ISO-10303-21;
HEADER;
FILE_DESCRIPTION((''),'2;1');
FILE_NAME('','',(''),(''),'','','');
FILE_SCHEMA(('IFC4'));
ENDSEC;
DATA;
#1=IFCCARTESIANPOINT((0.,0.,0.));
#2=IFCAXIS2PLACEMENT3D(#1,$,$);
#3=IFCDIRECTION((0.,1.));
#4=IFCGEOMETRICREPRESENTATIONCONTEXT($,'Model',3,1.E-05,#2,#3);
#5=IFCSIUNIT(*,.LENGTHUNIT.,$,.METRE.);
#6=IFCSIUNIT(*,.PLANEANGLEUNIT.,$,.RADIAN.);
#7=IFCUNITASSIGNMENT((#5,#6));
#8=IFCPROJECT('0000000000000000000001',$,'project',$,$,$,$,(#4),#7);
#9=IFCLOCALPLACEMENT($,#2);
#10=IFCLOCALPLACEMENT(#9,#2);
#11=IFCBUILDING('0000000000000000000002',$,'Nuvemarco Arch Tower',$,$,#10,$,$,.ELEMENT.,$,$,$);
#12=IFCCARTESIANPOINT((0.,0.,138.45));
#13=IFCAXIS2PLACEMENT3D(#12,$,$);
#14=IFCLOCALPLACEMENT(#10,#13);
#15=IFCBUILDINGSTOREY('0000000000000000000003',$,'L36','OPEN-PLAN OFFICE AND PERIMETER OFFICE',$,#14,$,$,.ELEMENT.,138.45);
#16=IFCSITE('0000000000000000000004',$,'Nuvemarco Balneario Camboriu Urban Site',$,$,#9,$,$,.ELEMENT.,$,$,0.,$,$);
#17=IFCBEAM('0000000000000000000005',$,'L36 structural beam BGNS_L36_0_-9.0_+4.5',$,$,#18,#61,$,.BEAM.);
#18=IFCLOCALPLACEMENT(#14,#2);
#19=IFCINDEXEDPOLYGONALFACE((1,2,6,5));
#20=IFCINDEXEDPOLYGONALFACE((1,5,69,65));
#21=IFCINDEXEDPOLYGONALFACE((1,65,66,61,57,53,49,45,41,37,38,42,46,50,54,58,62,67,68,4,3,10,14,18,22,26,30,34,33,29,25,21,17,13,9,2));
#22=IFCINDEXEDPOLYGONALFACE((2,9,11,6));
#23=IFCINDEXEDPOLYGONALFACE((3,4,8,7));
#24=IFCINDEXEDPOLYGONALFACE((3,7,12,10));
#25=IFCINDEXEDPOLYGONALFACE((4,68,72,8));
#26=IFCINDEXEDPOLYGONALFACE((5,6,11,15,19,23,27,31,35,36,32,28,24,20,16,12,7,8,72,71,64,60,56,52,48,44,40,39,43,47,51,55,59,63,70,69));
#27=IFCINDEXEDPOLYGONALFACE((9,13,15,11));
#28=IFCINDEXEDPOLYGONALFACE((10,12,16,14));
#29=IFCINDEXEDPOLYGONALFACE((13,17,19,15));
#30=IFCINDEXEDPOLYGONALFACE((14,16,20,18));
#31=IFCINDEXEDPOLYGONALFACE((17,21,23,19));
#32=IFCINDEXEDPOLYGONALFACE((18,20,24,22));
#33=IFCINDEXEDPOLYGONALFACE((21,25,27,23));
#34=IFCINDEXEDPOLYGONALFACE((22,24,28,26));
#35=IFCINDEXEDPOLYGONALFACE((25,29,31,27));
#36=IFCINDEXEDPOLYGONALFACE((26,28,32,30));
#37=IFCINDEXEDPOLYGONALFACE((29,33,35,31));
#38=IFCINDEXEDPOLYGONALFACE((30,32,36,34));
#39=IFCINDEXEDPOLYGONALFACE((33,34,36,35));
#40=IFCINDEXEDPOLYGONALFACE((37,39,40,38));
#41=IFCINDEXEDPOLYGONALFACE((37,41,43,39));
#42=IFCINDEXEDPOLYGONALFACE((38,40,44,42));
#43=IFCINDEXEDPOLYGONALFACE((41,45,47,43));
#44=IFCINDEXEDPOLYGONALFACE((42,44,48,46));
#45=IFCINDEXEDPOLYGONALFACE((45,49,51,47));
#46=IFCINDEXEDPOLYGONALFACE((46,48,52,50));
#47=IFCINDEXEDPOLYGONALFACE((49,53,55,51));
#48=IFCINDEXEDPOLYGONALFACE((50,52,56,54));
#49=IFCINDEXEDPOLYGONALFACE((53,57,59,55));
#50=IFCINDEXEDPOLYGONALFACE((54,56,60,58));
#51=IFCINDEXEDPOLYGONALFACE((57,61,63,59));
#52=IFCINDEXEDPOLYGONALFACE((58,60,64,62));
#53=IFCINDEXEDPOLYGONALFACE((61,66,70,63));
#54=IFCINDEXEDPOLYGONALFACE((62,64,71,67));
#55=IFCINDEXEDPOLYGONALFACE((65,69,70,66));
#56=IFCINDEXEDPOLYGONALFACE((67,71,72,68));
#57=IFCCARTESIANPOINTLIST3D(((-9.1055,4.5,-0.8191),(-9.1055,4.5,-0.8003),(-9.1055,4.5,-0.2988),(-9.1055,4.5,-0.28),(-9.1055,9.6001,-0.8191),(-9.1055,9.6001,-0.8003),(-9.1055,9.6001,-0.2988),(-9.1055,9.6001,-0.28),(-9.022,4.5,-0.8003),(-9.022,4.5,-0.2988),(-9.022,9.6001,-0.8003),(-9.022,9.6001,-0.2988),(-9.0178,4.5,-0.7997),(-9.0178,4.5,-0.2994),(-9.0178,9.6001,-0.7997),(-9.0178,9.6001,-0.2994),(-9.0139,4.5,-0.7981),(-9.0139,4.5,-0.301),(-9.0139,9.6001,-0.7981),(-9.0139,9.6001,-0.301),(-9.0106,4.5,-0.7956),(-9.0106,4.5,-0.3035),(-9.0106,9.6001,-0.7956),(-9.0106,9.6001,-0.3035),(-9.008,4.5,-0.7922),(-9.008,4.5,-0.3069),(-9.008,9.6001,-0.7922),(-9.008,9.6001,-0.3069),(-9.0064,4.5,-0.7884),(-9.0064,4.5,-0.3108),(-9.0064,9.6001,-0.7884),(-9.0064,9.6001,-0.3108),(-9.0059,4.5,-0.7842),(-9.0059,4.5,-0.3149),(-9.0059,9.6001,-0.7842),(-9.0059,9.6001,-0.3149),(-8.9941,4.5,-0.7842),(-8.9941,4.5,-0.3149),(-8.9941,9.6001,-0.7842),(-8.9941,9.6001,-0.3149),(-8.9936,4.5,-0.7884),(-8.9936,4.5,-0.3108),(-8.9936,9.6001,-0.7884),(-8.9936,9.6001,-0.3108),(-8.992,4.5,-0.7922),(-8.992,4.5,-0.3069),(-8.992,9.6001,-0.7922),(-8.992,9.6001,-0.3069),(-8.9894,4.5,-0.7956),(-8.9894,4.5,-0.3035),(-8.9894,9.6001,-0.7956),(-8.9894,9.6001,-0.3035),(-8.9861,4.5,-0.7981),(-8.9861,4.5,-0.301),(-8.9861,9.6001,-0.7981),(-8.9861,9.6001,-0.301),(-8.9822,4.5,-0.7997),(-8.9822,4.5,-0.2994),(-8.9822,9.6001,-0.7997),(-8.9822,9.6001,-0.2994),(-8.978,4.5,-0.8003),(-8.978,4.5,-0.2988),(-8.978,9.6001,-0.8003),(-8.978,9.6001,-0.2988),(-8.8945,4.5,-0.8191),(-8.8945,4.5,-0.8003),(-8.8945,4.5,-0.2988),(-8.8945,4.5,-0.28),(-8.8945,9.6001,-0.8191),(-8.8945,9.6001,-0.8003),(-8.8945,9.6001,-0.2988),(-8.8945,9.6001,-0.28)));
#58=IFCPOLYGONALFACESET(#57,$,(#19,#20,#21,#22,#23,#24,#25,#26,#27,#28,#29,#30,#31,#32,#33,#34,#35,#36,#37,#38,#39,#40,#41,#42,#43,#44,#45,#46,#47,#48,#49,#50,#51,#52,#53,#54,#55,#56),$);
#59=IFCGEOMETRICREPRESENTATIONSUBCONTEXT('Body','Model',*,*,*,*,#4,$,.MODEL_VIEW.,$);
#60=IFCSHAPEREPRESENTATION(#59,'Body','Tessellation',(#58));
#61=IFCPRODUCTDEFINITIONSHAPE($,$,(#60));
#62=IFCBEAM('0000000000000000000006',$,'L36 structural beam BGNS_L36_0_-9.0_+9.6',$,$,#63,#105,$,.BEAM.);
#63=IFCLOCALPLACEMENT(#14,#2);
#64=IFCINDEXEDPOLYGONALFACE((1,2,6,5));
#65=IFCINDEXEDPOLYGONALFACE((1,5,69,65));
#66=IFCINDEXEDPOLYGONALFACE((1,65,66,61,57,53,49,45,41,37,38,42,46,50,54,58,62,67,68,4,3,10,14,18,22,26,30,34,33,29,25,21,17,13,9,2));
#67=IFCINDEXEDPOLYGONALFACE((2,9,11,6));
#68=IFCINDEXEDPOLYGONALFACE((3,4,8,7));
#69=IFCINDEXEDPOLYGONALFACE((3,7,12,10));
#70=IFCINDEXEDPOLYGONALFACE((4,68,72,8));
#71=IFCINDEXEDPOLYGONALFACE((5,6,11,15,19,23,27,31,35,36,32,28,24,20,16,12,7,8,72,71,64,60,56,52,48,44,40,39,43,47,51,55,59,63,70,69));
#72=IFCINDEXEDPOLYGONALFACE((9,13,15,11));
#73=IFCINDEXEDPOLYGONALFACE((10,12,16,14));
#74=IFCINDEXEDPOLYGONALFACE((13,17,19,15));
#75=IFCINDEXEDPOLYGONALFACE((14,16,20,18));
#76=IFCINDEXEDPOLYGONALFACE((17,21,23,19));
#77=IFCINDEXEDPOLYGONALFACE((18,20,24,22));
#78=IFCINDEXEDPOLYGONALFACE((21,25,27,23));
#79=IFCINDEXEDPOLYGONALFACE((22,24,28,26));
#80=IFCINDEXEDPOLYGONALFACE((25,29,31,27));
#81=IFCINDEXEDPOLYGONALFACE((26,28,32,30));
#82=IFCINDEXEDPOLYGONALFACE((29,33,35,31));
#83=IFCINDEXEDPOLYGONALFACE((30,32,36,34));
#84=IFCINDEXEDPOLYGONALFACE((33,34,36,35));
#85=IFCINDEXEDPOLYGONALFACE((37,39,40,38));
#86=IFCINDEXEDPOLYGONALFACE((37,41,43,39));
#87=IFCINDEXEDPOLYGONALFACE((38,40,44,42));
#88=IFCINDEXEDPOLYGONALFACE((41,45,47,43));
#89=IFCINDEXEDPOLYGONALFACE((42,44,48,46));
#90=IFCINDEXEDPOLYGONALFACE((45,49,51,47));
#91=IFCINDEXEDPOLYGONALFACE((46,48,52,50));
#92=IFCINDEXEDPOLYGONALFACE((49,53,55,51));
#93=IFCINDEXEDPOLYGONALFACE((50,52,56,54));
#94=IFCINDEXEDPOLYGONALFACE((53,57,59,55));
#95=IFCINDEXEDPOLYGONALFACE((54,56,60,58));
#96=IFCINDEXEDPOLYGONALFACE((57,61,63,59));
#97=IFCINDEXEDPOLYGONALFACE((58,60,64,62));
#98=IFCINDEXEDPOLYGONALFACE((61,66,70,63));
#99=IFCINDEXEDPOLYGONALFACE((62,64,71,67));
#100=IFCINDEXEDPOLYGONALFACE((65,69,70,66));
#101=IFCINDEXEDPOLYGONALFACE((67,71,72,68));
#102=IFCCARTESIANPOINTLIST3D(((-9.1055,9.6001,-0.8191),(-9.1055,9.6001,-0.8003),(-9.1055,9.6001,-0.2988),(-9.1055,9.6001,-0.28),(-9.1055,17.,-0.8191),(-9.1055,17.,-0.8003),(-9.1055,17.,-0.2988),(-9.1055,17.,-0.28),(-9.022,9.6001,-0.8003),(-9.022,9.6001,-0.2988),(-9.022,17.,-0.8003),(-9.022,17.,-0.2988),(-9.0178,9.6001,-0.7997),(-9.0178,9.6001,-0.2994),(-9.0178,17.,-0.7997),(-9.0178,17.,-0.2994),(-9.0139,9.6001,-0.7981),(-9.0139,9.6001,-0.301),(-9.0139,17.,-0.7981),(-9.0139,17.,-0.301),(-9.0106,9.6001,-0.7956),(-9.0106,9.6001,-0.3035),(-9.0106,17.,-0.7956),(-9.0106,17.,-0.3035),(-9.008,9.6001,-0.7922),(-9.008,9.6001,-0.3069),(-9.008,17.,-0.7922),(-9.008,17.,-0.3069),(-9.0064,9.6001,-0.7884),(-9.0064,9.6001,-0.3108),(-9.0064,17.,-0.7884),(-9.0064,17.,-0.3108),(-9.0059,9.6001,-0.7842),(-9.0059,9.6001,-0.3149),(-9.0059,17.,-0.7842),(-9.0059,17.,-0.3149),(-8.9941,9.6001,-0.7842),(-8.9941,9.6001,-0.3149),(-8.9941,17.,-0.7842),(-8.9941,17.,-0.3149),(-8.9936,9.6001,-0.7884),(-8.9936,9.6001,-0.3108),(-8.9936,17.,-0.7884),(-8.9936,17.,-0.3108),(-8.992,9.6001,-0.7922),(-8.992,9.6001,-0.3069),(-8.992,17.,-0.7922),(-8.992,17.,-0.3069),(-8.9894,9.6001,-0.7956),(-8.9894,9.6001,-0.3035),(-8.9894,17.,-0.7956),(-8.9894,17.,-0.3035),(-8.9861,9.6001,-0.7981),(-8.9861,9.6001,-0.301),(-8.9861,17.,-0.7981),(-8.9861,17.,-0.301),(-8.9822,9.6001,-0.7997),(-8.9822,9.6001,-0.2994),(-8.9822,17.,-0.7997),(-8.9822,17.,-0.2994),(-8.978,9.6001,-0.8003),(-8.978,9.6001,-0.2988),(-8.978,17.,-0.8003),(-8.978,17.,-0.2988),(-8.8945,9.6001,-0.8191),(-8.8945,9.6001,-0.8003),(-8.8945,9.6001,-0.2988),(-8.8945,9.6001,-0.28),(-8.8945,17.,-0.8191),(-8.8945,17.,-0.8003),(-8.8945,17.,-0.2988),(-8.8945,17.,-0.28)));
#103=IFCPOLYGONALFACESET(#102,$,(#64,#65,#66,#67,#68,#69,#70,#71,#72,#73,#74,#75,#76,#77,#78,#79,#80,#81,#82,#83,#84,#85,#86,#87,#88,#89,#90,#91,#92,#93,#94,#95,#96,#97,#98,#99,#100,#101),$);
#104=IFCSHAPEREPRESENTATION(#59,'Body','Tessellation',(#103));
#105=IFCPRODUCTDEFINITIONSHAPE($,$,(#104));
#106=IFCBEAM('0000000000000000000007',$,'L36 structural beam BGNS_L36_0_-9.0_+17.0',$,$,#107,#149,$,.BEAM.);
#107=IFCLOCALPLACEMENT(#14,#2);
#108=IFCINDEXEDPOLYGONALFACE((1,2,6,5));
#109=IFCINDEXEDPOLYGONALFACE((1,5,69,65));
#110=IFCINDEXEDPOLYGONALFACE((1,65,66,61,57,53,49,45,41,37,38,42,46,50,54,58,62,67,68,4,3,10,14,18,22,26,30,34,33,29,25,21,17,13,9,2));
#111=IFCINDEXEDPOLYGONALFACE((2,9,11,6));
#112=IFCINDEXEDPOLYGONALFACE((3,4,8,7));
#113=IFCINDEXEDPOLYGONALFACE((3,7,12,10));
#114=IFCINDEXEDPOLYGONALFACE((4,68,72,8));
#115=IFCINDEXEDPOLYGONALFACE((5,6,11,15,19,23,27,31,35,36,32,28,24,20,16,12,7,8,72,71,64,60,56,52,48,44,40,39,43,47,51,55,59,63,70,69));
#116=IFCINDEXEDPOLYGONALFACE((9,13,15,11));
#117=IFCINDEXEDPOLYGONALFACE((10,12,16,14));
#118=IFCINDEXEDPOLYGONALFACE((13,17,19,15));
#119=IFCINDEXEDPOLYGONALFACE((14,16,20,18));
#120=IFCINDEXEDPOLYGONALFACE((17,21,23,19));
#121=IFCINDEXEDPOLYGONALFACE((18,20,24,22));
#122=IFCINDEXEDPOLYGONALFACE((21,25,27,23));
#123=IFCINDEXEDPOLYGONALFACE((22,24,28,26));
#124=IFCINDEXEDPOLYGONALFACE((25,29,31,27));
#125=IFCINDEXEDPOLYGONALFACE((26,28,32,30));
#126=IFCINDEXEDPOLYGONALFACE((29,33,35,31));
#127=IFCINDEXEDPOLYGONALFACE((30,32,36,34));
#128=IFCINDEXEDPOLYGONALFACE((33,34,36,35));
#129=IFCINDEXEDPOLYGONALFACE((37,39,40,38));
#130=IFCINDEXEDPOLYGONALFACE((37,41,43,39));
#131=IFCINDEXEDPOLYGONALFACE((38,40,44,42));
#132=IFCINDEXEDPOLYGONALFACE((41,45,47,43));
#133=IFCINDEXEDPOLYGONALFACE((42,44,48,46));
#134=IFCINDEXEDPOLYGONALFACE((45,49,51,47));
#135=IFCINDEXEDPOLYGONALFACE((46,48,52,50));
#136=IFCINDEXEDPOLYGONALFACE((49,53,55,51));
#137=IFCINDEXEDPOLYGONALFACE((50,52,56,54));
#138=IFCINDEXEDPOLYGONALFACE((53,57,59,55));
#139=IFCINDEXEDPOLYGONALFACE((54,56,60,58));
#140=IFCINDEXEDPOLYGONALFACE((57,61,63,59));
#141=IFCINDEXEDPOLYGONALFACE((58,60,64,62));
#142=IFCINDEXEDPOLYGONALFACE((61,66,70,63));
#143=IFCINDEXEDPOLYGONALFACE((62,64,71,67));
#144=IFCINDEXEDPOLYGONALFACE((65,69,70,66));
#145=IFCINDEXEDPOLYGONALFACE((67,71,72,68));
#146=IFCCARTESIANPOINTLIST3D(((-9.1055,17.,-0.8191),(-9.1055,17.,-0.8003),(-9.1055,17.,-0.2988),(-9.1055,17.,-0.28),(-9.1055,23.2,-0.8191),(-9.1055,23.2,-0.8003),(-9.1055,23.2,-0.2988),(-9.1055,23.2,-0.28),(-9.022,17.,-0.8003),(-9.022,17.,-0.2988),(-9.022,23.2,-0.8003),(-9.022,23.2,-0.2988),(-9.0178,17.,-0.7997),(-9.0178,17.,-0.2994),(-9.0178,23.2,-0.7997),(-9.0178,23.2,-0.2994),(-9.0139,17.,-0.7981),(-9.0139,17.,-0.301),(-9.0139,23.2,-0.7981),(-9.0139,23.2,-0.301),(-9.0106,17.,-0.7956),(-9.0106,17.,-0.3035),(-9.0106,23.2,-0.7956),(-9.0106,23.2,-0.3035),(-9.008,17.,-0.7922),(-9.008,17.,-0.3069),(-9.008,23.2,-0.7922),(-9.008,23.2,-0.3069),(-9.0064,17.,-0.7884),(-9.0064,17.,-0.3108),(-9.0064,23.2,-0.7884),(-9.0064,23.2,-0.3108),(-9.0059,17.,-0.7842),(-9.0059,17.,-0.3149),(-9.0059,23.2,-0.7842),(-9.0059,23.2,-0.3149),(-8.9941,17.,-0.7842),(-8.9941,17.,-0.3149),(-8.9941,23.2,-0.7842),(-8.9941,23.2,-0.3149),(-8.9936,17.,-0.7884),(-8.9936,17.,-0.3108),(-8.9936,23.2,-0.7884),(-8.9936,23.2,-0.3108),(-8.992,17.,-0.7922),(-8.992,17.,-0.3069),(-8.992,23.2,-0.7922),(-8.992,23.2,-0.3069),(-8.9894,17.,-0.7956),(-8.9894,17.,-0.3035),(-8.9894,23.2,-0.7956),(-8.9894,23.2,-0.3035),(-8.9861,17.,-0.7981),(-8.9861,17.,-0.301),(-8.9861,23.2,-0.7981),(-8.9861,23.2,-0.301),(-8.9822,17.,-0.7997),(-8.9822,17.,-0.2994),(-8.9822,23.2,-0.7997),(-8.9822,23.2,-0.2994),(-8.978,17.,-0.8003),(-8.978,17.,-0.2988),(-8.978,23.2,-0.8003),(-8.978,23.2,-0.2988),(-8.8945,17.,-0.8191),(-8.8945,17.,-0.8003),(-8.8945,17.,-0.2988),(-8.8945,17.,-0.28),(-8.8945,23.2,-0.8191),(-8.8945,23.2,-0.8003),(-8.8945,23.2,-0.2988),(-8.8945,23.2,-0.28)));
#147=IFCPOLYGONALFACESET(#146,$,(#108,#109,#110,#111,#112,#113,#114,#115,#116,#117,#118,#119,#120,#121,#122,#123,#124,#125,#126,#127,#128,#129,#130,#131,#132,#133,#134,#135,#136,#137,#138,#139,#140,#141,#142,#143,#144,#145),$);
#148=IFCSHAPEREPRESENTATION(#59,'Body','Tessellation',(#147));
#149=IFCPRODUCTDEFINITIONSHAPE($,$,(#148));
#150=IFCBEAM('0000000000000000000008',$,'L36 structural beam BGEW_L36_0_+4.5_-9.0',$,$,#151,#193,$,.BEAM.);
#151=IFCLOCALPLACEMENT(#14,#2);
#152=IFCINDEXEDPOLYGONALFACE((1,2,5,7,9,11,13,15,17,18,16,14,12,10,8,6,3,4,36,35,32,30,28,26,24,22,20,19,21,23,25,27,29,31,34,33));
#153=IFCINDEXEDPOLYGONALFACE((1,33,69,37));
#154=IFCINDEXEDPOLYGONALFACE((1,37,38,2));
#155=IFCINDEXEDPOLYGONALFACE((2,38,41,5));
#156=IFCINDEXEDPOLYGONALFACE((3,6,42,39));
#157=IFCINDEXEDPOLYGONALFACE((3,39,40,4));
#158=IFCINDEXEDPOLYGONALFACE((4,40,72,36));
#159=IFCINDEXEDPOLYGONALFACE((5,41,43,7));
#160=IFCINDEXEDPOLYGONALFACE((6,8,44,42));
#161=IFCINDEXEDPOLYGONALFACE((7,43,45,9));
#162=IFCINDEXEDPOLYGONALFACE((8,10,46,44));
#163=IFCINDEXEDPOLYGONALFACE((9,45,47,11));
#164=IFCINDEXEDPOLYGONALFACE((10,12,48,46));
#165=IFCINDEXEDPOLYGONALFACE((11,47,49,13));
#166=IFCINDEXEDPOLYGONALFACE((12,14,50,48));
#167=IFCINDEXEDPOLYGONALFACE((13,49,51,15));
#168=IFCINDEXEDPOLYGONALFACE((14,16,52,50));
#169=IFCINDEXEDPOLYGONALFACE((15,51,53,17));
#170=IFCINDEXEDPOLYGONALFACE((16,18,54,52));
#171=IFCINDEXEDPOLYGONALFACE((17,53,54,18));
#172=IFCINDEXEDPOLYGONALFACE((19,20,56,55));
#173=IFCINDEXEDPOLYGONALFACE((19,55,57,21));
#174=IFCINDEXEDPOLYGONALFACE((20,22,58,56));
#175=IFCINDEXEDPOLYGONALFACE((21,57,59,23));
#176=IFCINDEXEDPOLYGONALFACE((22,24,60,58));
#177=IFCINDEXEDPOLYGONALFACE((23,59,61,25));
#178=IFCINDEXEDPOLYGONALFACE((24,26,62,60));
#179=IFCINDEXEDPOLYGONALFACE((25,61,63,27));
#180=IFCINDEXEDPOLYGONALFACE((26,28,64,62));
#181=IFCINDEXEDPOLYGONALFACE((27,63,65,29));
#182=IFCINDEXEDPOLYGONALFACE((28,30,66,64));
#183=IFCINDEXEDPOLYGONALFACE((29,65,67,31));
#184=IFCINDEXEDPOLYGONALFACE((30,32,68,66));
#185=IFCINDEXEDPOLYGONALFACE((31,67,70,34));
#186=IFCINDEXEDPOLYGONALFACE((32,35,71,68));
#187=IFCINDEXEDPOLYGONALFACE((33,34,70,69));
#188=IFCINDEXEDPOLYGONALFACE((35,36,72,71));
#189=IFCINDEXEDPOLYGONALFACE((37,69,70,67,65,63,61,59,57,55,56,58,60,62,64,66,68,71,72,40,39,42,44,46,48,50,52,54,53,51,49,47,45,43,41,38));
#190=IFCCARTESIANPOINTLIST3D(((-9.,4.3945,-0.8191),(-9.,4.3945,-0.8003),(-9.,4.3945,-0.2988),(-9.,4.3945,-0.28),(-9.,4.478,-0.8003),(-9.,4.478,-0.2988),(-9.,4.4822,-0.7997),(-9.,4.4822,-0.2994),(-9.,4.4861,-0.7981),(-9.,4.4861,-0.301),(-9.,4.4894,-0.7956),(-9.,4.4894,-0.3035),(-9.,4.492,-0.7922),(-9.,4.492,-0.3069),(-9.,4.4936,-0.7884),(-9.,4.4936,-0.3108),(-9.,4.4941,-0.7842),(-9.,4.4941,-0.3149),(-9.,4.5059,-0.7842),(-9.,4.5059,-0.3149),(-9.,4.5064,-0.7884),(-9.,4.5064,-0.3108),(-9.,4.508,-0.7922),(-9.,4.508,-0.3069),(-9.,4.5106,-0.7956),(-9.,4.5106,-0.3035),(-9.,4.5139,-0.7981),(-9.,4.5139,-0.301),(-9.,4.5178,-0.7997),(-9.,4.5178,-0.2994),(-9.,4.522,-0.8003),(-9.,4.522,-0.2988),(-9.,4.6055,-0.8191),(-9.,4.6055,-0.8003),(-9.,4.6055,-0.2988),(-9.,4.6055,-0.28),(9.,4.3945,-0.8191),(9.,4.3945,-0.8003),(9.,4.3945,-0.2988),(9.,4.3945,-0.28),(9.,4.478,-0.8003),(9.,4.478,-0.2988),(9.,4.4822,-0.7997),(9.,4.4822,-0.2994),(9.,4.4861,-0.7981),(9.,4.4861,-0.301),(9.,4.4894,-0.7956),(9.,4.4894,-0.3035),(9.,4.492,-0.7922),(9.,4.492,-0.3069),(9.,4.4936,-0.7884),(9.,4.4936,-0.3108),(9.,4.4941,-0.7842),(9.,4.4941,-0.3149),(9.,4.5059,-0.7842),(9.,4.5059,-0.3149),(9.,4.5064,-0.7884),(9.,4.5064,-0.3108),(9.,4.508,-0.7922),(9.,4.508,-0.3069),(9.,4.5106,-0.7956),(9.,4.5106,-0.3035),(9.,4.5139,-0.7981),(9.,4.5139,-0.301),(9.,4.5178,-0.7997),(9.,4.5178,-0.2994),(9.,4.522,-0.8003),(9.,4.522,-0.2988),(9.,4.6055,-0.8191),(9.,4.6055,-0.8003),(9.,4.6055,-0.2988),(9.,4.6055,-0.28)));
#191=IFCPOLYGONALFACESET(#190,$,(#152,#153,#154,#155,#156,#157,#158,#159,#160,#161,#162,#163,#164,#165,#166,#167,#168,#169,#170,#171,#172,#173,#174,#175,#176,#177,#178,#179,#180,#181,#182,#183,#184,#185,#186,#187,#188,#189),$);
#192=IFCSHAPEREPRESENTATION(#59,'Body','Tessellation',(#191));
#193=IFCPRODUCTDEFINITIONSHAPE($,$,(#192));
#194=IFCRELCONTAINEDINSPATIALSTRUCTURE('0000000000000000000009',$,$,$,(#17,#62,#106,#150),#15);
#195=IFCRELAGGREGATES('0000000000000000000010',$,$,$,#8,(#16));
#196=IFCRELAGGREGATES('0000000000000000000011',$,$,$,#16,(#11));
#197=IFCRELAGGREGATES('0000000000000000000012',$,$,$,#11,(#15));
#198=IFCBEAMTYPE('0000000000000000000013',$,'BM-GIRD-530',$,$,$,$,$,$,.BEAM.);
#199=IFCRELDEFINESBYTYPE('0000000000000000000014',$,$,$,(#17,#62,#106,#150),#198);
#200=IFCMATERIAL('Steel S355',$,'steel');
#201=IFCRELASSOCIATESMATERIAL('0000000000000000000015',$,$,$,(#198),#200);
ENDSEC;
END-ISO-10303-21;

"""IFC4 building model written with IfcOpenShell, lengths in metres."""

from ifc_helpers import new_model, si_unit, direction, frame, origin, origin_2d, place, context, subcontext, project, spatial, i_section, extrude, material, material_profile, profile_set, type_object, element, save


model = new_model("IFC4")

# Units and contexts
model_context = context("Model", 3, precision=1e-05, world=origin(), true_north=direction((0.0, 1.0)))
body_context = subcontext(model_context, "Body", "Model", "MODEL_VIEW")
ifc_project = project(units=[si_unit("LENGTHUNIT", "METRE"), si_unit("PLANEANGLEUNIT", "RADIAN")], contexts=[model_context])

# Site, building, storey
site_placement = place(None, origin())
site = spatial("IfcSite", under=ifc_project, at=site_placement, Name="Nuvemarco Balneario Camboriu Urban Site", CompositionType="ELEMENT", RefElevation=0.0)
building_placement = place(site_placement, origin())
building = spatial("IfcBuilding", under=site, at=building_placement, Name="Nuvemarco Arch Tower", CompositionType="ELEMENT")
storey_placement = place(building_placement, frame((0.0, 0.0, 138.45)))
storey = spatial("IfcBuildingStorey", under=building, at=storey_placement, Name="L36", Description="OPEN-PLAN OFFICE AND PERIMETER OFFICE", CompositionType="ELEMENT", Elevation=138.45)

# Shared definitions
ifc_material_1 = material(Name="Steel S355", Category="steel")

# Beams
ifc_material_profile_1 = material_profile(ifc_material_1, i_section(OverallWidth=0.2109, OverallDepth=0.5391, WebThickness=0.0117, FlangeThickness=0.0188, FilletRadius=0.0161, at=origin_2d()), Name="W530x109")
ifc_profile_set_1 = profile_set([ifc_material_profile_1], Name="Steel S355")
beam_type_1 = type_object("IfcBeamType", Name="BM-GIRD-530", PredefinedType="BEAM", material=ifc_profile_set_1)
beam_1_placement = place(storey_placement, frame((-9.0, 4.5, -0.5496), z_axis=(0.0, 1.0, 0.0), x_axis=(-1.0, 0.0, 0.0)))
element("IfcBeam", 1, at=beam_1_placement, inside=storey, type_object=beam_type_1, Name="L36 structural beam BGNS_L36_0_-9.0_+4.5", PredefinedType="BEAM", context=body_context, shape_type="SweptSolid", body=[
    extrude(i_section(OverallWidth=0.2109, OverallDepth=0.5391, WebThickness=0.0117, FlangeThickness=0.0188, FilletRadius=0.0161, at=origin_2d()), origin(), (0.0, 0.0, 1.0), 5.1001),
])
beam_2_placement = place(storey_placement, frame((-9.0, 9.6001, -0.5496), z_axis=(0.0, 1.0, 0.0), x_axis=(-1.0, 0.0, 0.0)))
element("IfcBeam", 2, at=beam_2_placement, inside=storey, type_object=beam_type_1, Name="L36 structural beam BGNS_L36_0_-9.0_+9.6", PredefinedType="BEAM", context=body_context, shape_type="SweptSolid", body=[
    extrude(i_section(OverallWidth=0.2109, OverallDepth=0.5391, WebThickness=0.0117, FlangeThickness=0.0188, FilletRadius=0.0161, at=origin_2d()), origin(), (0.0, 0.0, 1.0), 7.3999),
])
beam_3_placement = place(storey_placement, frame((-9.0, 17.0, -0.5496), z_axis=(0.0, 1.0, 0.0), x_axis=(-1.0, 0.0, 0.0)))
element("IfcBeam", 3, at=beam_3_placement, inside=storey, type_object=beam_type_1, Name="L36 structural beam BGNS_L36_0_-9.0_+17.0", PredefinedType="BEAM", context=body_context, shape_type="SweptSolid", body=[
    extrude(i_section(OverallWidth=0.2109, OverallDepth=0.5391, WebThickness=0.0117, FlangeThickness=0.0188, FilletRadius=0.0161, at=origin_2d()), origin(), (0.0, 0.0, 1.0), 6.2),
])
beam_4_placement = place(storey_placement, frame((-9.0, 4.5, -0.5496), z_axis=(1.0, 0.0, 0.0), x_axis=(0.0, 1.0, 0.0)))
element("IfcBeam", 4, at=beam_4_placement, inside=storey, type_object=beam_type_1, Name="L36 structural beam BGEW_L36_0_+4.5_-9.0", PredefinedType="BEAM", context=body_context, shape_type="SweptSolid", body=[
    extrude(i_section(OverallWidth=0.2109, OverallDepth=0.5391, WebThickness=0.0117, FlangeThickness=0.0188, FilletRadius=0.0161, at=origin_2d()), origin(), (0.0, 0.0, 1.0), 18.0),
])

save(model, "model.ifc")
